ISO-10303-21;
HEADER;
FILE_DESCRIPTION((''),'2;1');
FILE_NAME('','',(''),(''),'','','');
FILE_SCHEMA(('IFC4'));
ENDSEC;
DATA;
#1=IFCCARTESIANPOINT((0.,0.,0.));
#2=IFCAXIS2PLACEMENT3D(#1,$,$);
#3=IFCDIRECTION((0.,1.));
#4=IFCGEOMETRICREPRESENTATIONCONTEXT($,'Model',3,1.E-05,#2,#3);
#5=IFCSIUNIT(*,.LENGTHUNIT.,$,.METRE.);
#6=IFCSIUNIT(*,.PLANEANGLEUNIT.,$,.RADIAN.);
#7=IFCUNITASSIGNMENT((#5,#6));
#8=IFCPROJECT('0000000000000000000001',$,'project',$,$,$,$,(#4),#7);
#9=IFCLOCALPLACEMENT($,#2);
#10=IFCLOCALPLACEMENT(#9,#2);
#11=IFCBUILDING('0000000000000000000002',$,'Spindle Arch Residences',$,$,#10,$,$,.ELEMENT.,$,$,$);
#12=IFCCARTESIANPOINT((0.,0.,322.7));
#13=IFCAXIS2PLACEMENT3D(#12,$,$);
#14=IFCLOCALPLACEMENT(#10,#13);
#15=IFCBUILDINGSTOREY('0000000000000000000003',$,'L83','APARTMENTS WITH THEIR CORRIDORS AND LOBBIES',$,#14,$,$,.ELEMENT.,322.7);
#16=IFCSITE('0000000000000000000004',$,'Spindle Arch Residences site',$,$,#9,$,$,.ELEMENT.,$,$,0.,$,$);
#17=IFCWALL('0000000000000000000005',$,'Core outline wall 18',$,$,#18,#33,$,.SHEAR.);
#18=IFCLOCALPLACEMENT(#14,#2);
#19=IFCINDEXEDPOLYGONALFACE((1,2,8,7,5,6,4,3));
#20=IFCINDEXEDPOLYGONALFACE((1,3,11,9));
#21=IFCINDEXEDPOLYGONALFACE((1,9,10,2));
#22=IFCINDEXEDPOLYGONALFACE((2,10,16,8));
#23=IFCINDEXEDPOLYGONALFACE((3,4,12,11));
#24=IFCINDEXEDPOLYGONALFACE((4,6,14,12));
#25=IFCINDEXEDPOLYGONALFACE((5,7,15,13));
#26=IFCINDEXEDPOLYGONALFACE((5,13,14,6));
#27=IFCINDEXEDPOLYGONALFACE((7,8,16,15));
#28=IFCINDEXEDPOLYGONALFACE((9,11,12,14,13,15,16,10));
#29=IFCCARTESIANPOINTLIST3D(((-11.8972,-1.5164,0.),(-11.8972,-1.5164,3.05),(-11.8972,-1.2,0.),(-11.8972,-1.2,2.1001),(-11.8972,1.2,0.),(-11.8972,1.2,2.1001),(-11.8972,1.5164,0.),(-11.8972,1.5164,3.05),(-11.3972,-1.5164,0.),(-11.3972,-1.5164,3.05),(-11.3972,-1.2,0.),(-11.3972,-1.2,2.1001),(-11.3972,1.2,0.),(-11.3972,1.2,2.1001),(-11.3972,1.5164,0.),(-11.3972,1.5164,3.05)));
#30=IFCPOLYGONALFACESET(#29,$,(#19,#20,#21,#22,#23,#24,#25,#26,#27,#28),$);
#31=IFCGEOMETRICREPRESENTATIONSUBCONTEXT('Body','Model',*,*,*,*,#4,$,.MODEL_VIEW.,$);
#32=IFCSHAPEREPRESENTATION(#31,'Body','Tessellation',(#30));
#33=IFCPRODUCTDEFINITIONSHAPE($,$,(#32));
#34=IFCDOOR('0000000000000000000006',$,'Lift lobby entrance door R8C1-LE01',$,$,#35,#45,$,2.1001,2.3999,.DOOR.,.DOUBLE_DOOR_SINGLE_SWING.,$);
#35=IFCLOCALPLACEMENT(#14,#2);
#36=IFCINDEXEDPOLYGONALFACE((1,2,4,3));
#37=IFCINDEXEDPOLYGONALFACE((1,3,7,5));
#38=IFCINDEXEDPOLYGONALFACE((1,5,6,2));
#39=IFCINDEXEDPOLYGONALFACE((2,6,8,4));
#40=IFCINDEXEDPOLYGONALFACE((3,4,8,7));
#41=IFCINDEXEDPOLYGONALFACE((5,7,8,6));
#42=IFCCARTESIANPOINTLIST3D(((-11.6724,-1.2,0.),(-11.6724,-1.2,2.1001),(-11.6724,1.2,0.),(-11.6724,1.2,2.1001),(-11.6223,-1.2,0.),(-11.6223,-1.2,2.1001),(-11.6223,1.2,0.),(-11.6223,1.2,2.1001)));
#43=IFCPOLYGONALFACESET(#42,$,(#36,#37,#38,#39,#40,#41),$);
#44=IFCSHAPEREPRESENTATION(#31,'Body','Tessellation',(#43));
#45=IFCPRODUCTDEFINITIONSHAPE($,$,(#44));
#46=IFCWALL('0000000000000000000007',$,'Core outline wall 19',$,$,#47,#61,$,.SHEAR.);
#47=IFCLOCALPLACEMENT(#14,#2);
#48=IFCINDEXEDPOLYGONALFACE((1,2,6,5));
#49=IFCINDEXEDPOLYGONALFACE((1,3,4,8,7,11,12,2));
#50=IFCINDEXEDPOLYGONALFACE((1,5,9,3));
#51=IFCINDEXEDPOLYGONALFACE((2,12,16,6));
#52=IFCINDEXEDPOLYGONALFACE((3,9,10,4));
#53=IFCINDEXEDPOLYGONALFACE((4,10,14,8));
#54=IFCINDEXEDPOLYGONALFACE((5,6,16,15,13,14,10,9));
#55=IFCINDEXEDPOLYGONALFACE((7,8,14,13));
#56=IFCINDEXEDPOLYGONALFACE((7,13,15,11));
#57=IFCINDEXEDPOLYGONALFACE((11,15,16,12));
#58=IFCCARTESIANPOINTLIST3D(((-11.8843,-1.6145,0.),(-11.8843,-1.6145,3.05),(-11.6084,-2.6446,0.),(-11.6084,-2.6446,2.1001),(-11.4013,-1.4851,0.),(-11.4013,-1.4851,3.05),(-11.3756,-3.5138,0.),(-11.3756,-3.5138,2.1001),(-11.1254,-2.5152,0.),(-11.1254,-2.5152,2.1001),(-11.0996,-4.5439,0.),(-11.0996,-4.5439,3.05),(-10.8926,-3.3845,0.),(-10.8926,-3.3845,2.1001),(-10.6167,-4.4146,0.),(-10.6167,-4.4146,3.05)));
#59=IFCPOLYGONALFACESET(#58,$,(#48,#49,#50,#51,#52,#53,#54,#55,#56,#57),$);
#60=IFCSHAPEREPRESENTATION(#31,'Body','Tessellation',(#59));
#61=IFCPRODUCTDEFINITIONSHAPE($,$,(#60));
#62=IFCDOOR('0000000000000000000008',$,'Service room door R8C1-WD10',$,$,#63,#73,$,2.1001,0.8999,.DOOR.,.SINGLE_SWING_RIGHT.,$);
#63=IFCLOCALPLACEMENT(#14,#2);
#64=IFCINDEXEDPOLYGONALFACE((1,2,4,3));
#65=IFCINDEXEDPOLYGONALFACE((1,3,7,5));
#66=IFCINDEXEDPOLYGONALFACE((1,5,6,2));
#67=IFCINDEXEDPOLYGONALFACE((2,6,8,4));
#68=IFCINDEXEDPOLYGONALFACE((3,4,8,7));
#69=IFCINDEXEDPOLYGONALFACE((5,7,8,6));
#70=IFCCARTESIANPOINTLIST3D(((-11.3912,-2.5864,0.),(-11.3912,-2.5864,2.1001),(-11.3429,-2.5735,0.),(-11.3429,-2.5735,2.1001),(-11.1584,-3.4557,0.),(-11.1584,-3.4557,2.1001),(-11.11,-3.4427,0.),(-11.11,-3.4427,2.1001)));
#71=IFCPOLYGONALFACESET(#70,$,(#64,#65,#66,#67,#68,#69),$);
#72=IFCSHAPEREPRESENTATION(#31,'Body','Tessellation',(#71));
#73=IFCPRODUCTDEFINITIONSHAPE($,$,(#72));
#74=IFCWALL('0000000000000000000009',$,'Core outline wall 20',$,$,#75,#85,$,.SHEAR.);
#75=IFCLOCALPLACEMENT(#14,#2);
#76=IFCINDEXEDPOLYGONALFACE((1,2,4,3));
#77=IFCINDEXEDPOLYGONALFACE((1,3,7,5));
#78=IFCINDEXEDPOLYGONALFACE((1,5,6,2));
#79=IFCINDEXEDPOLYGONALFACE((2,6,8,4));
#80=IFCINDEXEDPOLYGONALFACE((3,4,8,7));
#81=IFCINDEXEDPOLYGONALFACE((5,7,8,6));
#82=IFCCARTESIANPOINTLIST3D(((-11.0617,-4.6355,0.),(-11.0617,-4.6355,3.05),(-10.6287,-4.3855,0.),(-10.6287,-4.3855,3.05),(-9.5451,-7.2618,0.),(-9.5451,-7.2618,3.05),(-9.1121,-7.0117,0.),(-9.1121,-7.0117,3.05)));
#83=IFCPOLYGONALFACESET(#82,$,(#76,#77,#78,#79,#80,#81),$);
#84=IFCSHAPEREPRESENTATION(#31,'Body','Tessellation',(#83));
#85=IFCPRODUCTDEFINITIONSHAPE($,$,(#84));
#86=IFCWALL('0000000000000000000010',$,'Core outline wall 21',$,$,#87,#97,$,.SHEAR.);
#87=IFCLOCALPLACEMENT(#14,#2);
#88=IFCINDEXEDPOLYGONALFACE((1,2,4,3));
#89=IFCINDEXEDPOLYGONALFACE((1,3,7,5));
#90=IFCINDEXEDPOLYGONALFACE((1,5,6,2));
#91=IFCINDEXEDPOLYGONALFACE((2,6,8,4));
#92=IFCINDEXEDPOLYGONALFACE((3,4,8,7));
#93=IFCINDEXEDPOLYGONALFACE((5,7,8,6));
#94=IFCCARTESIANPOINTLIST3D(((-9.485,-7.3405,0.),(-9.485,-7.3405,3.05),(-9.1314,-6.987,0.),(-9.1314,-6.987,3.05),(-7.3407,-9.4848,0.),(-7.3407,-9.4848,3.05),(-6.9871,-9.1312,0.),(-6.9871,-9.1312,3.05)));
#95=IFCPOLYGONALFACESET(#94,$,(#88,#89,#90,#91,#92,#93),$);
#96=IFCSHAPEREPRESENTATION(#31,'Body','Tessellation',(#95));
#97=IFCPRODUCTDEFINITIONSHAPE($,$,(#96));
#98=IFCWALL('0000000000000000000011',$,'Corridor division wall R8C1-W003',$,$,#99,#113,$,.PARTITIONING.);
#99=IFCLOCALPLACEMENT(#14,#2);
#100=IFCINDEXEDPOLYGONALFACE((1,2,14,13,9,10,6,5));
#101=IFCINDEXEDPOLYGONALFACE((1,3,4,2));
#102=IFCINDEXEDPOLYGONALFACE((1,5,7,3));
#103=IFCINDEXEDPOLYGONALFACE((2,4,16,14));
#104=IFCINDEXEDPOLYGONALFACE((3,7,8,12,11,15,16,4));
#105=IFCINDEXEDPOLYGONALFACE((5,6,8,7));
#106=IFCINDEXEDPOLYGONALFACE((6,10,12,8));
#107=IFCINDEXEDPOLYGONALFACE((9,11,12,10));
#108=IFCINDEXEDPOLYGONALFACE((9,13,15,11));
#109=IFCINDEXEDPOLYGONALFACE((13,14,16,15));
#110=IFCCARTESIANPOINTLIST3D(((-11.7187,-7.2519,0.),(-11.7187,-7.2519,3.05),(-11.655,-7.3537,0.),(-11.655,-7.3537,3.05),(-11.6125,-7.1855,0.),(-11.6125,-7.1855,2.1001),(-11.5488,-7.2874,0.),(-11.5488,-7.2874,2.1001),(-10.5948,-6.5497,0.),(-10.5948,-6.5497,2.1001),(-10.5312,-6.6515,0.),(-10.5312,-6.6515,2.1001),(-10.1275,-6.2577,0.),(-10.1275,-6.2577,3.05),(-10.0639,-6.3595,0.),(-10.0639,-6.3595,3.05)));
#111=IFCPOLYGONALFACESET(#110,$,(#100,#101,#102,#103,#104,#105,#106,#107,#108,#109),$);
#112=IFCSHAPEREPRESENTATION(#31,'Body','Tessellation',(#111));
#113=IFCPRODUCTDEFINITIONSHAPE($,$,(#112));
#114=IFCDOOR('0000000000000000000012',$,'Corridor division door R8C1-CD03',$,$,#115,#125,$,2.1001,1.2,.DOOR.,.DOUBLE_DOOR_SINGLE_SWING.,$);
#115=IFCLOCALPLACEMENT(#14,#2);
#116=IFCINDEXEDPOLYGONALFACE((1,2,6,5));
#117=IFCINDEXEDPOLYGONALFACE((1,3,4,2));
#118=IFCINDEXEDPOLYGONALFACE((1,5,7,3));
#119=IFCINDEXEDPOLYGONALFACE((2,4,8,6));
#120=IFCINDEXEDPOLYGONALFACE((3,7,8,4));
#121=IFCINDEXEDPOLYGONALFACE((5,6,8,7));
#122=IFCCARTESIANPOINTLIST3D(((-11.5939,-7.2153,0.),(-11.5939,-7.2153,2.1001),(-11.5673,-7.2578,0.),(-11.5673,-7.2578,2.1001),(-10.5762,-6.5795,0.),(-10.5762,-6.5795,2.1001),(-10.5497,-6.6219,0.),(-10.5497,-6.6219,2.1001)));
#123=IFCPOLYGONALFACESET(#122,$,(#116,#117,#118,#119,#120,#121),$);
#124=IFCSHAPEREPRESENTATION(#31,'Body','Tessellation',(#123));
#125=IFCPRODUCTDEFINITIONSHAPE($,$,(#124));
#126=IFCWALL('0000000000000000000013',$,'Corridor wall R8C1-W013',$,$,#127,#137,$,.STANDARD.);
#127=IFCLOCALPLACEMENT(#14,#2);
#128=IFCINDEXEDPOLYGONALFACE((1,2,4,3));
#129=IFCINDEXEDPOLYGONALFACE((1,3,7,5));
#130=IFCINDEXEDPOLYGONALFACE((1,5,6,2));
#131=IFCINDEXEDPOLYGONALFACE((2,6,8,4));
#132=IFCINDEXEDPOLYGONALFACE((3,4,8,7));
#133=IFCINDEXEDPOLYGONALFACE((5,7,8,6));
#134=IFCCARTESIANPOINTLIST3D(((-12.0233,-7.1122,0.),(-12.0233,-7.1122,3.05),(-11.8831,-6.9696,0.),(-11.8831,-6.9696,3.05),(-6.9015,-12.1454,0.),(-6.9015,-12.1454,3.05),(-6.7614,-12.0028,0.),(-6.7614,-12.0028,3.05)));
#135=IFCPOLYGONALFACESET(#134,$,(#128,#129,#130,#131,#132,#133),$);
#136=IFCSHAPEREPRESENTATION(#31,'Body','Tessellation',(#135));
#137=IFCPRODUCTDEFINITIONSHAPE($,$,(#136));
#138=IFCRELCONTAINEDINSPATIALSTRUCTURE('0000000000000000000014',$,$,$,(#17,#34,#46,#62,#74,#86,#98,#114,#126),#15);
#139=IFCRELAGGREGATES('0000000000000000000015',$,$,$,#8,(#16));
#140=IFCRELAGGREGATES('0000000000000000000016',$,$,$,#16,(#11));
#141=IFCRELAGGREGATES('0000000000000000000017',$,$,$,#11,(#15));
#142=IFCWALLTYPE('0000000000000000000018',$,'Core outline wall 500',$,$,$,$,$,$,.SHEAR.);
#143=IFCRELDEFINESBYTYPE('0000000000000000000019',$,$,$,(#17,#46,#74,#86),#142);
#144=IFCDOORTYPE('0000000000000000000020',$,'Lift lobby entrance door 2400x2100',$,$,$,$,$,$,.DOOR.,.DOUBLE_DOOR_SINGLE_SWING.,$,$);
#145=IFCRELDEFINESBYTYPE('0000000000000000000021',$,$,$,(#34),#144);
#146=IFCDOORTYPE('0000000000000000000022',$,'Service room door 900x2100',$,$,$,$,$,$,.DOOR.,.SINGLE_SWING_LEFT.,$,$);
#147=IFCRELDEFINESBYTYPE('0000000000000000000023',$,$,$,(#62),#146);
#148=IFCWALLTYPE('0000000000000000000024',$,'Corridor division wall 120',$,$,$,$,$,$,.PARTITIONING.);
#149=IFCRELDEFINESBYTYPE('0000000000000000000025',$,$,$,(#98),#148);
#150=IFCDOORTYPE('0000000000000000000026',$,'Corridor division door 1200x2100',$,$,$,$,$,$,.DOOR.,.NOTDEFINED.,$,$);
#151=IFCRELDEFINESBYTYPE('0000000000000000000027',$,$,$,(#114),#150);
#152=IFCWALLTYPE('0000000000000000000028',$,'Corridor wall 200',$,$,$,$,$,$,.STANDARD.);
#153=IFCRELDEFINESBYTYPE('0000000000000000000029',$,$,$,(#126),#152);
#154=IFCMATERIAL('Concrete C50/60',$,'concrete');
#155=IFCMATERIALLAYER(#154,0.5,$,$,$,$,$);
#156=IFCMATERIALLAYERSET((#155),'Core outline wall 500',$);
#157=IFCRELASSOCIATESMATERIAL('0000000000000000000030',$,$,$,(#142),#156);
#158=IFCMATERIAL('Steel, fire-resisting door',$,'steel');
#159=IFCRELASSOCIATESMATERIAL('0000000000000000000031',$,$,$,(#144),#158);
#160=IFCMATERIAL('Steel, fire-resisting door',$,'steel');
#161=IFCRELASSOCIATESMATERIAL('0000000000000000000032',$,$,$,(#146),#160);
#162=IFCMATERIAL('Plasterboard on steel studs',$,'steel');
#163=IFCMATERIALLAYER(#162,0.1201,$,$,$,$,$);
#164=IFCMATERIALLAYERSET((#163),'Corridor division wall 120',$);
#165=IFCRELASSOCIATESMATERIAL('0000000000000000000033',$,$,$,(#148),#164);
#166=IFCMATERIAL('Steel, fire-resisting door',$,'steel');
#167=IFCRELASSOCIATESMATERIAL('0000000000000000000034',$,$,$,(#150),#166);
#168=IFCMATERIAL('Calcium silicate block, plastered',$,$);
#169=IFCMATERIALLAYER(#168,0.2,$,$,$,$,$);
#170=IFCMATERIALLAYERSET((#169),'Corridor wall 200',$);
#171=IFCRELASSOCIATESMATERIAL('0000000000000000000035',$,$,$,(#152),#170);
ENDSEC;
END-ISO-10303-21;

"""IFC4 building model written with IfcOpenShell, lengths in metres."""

from ifc_helpers import new_model, si_unit, direction, frame, frame_2d, origin, place, context, subcontext, project, spatial, rectangle, extrude, material, layer, layer_set, type_object, element, fill, save


model = new_model("IFC4")

# Units and contexts
model_context = context("Model", 3, precision=1e-05, world=origin(), true_north=direction((0.0, 1.0)))
body_context = subcontext(model_context, "Body", "Model", "MODEL_VIEW")
ifc_project = project(units=[si_unit("LENGTHUNIT", "METRE"), si_unit("PLANEANGLEUNIT", "RADIAN")], contexts=[model_context])

# Site, building, storey
site_placement = place(None, origin())
site = spatial("IfcSite", under=ifc_project, at=site_placement, Name="Spindle Arch Residences site", CompositionType="ELEMENT", RefElevation=0.0)
building_placement = place(site_placement, origin())
building = spatial("IfcBuilding", under=site, at=building_placement, Name="Spindle Arch Residences", CompositionType="ELEMENT")
storey_placement = place(building_placement, frame((0.0, 0.0, 322.7)))
storey = spatial("IfcBuildingStorey", under=building, at=storey_placement, Name="L83", Description="APARTMENTS WITH THEIR CORRIDORS AND LOBBIES", CompositionType="ELEMENT", Elevation=322.7)

# Walls, openings, doors
ifc_material_1 = material(Name="Concrete C50/60", Category="concrete")
ifc_layer_1 = layer(ifc_material_1, 0.5)
ifc_layer_set_1 = layer_set([ifc_layer_1], Name="Core outline wall 500")
wall_type_1 = type_object("IfcWallType", Name="Core outline wall 500", PredefinedType="SHEAR", material=ifc_layer_set_1)
wall_1_placement = place(storey_placement, frame((-11.6472, 1.5164, 0.0), z_axis=(0.0, 0.0, 1.0), x_axis=(0.0, -1.0, 0.0)))
wall_1 = element("IfcWall", 1, at=wall_1_placement, inside=storey, type_object=wall_type_1, Name="Core outline wall 18", PredefinedType="SHEAR", context=body_context, shape_type="SweptSolid", body=[
    extrude(rectangle(XDim=3.0327, YDim=0.5, at=frame_2d((1.5164, 0.0))), origin(), (0.0, 0.0, 1.0), 3.05),
])
opening_1_placement = place(wall_1_placement, frame((0.3164, 0.0, 0.0)))
opening_1 = element("IfcOpeningElement", 2, at=opening_1_placement, cuts=wall_1, PredefinedType="OPENING", context=body_context, shape_type="SweptSolid", body=[
    extrude(rectangle(XDim=2.3999, YDim=2.1001, at=frame_2d((1.2, 1.05))), frame((0.0, 0.26, 0.0), z_axis=(0.0, -1.0, 0.0), x_axis=(1.0, 0.0, 0.0)), (0.0, 0.0, 1.0), 0.52),
])
ifc_material_2 = material(Name="Steel, fire-resisting door", Category="steel")
door_type_1 = type_object("IfcDoorType", Name="Lift lobby entrance door 2400x2100", OperationType="DOUBLE_DOOR_SINGLE_SWING", PredefinedType="DOOR", material=ifc_material_2)
door_1_placement = place(opening_1_placement, origin())
door_1 = element("IfcDoor", 3, at=door_1_placement, inside=storey, type_object=door_type_1, Name="Lift lobby entrance door R8C1-LE01", OperationType="DOUBLE_DOOR_SINGLE_SWING", OverallHeight=2.1001, OverallWidth=2.3999, PredefinedType="DOOR", context=body_context, shape_type="SweptSolid", body=[
    extrude(rectangle(XDim=2.3999, YDim=2.1001, at=frame_2d((1.2, 1.05))), frame((0.0, 0.0249, 0.0), z_axis=(0.0, -1.0, 0.0), x_axis=(1.0, 0.0, 0.0)), (0.0, 0.0, 1.0), 0.05),
])
fill(opening_1, door_1)
wall_2_placement = place(storey_placement, frame((-11.6428, -1.5498, 0.0), z_axis=(0.0, 0.0, 1.0), x_axis=(0.258735, -0.965948, 0.0)))
wall_2 = element("IfcWall", 4, at=wall_2_placement, inside=storey, type_object=wall_type_1, Name="Core outline wall 19", PredefinedType="SHEAR", context=body_context, shape_type="SweptSolid", body=[
    extrude(rectangle(XDim=3.0327, YDim=0.5, at=frame_2d((1.5164, 0.0))), origin(), (0.0, 0.0, 1.0), 3.05),
])
opening_2_placement = place(wall_2_placement, frame((1.0664, 0.0, 0.0)))
opening_2 = element("IfcOpeningElement", 5, at=opening_2_placement, cuts=wall_2, PredefinedType="OPENING", context=body_context, shape_type="SweptSolid", body=[
    extrude(rectangle(XDim=0.8999, YDim=2.1001, at=frame_2d((0.45, 1.05))), frame((0.0, 0.26, 0.0), z_axis=(0.0, -1.0, 0.0), x_axis=(1.0, 0.0, 0.0)), (0.0, 0.0, 1.0), 0.52),
])
ifc_material_3 = material(Name="Steel, fire-resisting door", Category="steel")
door_type_2 = type_object("IfcDoorType", Name="Service room door 900x2100", OperationType="SINGLE_SWING_LEFT", PredefinedType="DOOR", material=ifc_material_3)
door_2_placement = place(opening_2_placement, origin())
door_2 = element("IfcDoor", 6, at=door_2_placement, inside=storey, type_object=door_type_2, Name="Service room door R8C1-WD10", OperationType="SINGLE_SWING_RIGHT", OverallHeight=2.1001, OverallWidth=0.8999, PredefinedType="DOOR", context=body_context, shape_type="SweptSolid", body=[
    extrude(rectangle(XDim=0.8999, YDim=2.1001, at=frame_2d((0.45, 1.05))), frame((0.0, 0.0249, 0.0), z_axis=(0.0, -1.0, 0.0), x_axis=(1.0, 0.0, 0.0)), (0.0, 0.0, 1.0), 0.05),
])
fill(opening_2, door_2)

# Walls
wall_3_placement = place(storey_placement, frame((-10.8452, -4.5105, 0.0), z_axis=(0.0, 0.0, 1.0), x_axis=(0.500087, -0.865975, 0.0)))
element("IfcWall", 7, at=wall_3_placement, inside=storey, type_object=wall_type_1, Name="Core outline wall 20", PredefinedType="SHEAR", context=body_context, shape_type="SweptSolid", body=[
    extrude(rectangle(XDim=3.0327, YDim=0.5, at=frame_2d((1.5164, 0.0))), origin(), (0.0, 0.0, 1.0), 3.05),
])
wall_4_placement = place(storey_placement, frame((-9.3081, -7.1638, 0.0), z_axis=(0.0, 0.0, 1.0), x_axis=(0.707107, -0.707107, 0.0)))
element("IfcWall", 8, at=wall_4_placement, inside=storey, type_object=wall_type_1, Name="Core outline wall 21", PredefinedType="SHEAR", context=body_context, shape_type="SweptSolid", body=[
    extrude(rectangle(XDim=3.0325, YDim=0.5, at=frame_2d((1.5161, 0.0))), origin(), (0.0, 0.0, 1.0), 3.05),
])

# Wall, opening, door
ifc_material_4 = material(Name="Plasterboard on steel studs", Category="steel")
ifc_layer_2 = layer(ifc_material_4, 0.1201)
ifc_layer_set_2 = layer_set([ifc_layer_2], Name="Corridor division wall 120")
wall_type_2 = type_object("IfcWallType", Name="Corridor division wall 120", PredefinedType="PARTITIONING", material=ifc_layer_set_2)
wall_5_placement = place(storey_placement, frame((-11.6868, -7.3027, 0.0), z_axis=(0.0, 0.0, 1.0), x_axis=(0.848064, 0.529894, 0.0)))
wall_5 = element("IfcWall", 9, at=wall_5_placement, inside=storey, type_object=wall_type_2, Name="Corridor division wall R8C1-W003", PredefinedType="PARTITIONING", context=body_context, shape_type="SweptSolid", body=[
    extrude(rectangle(XDim=1.8762, YDim=0.1201, at=frame_2d((0.938, 0.0))), origin(), (0.0, 0.0, 1.0), 3.05),
])
opening_3_placement = place(wall_5_placement, frame((0.125, 0.0, 0.0)))
opening_3 = element("IfcOpeningElement", 10, at=opening_3_placement, cuts=wall_5, PredefinedType="OPENING", context=body_context, shape_type="SweptSolid", body=[
    extrude(rectangle(XDim=1.2, YDim=2.1001, at=frame_2d((0.6001, 1.05))), frame((0.0, 0.0701, 0.0), z_axis=(0.0, -1.0, 0.0), x_axis=(1.0, 0.0, 0.0)), (0.0, 0.0, 1.0), 0.1401),
])
ifc_material_5 = material(Name="Steel, fire-resisting door", Category="steel")
door_type_3 = type_object("IfcDoorType", Name="Corridor division door 1200x2100", OperationType="NOTDEFINED", PredefinedType="DOOR", material=ifc_material_5)
door_3_placement = place(opening_3_placement, origin())
door_3 = element("IfcDoor", 11, at=door_3_placement, inside=storey, type_object=door_type_3, Name="Corridor division door R8C1-CD03", OperationType="DOUBLE_DOOR_SINGLE_SWING", OverallHeight=2.1001, OverallWidth=1.2, PredefinedType="DOOR", context=body_context, shape_type="SweptSolid", body=[
    extrude(rectangle(XDim=1.2, YDim=2.1001, at=frame_2d((0.6001, 1.05))), frame((0.0, 0.0249, 0.0), z_axis=(0.0, -1.0, 0.0), x_axis=(1.0, 0.0, 0.0)), (0.0, 0.0, 1.0), 0.05),
])
fill(opening_3, door_3)

# Wall
ifc_material_6 = material(Name="Calcium silicate block, plastered")
ifc_layer_3 = layer(ifc_material_6, 0.2)
ifc_layer_set_3 = layer_set([ifc_layer_3], Name="Corridor wall 200")
wall_type_3 = type_object("IfcWallType", Name="Corridor wall 200", PredefinedType="STANDARD", material=ifc_layer_set_3)
wall_6_placement = place(storey_placement, frame((-11.9531, -7.041, 0.0), z_axis=(0.0, 0.0, 1.0), x_axis=(0.713251, -0.700909, 0.0)))
element("IfcWall", 12, at=wall_6_placement, inside=storey, type_object=wall_type_3, Name="Corridor wall R8C1-W013", PredefinedType="STANDARD", context=body_context, shape_type="SweptSolid", body=[
    extrude(rectangle(XDim=7.1809, YDim=0.2, at=frame_2d((3.5903, 0.0))), origin(), (0.0, 0.0, 1.0), 3.05),
])

save(model, "model.ifc")
